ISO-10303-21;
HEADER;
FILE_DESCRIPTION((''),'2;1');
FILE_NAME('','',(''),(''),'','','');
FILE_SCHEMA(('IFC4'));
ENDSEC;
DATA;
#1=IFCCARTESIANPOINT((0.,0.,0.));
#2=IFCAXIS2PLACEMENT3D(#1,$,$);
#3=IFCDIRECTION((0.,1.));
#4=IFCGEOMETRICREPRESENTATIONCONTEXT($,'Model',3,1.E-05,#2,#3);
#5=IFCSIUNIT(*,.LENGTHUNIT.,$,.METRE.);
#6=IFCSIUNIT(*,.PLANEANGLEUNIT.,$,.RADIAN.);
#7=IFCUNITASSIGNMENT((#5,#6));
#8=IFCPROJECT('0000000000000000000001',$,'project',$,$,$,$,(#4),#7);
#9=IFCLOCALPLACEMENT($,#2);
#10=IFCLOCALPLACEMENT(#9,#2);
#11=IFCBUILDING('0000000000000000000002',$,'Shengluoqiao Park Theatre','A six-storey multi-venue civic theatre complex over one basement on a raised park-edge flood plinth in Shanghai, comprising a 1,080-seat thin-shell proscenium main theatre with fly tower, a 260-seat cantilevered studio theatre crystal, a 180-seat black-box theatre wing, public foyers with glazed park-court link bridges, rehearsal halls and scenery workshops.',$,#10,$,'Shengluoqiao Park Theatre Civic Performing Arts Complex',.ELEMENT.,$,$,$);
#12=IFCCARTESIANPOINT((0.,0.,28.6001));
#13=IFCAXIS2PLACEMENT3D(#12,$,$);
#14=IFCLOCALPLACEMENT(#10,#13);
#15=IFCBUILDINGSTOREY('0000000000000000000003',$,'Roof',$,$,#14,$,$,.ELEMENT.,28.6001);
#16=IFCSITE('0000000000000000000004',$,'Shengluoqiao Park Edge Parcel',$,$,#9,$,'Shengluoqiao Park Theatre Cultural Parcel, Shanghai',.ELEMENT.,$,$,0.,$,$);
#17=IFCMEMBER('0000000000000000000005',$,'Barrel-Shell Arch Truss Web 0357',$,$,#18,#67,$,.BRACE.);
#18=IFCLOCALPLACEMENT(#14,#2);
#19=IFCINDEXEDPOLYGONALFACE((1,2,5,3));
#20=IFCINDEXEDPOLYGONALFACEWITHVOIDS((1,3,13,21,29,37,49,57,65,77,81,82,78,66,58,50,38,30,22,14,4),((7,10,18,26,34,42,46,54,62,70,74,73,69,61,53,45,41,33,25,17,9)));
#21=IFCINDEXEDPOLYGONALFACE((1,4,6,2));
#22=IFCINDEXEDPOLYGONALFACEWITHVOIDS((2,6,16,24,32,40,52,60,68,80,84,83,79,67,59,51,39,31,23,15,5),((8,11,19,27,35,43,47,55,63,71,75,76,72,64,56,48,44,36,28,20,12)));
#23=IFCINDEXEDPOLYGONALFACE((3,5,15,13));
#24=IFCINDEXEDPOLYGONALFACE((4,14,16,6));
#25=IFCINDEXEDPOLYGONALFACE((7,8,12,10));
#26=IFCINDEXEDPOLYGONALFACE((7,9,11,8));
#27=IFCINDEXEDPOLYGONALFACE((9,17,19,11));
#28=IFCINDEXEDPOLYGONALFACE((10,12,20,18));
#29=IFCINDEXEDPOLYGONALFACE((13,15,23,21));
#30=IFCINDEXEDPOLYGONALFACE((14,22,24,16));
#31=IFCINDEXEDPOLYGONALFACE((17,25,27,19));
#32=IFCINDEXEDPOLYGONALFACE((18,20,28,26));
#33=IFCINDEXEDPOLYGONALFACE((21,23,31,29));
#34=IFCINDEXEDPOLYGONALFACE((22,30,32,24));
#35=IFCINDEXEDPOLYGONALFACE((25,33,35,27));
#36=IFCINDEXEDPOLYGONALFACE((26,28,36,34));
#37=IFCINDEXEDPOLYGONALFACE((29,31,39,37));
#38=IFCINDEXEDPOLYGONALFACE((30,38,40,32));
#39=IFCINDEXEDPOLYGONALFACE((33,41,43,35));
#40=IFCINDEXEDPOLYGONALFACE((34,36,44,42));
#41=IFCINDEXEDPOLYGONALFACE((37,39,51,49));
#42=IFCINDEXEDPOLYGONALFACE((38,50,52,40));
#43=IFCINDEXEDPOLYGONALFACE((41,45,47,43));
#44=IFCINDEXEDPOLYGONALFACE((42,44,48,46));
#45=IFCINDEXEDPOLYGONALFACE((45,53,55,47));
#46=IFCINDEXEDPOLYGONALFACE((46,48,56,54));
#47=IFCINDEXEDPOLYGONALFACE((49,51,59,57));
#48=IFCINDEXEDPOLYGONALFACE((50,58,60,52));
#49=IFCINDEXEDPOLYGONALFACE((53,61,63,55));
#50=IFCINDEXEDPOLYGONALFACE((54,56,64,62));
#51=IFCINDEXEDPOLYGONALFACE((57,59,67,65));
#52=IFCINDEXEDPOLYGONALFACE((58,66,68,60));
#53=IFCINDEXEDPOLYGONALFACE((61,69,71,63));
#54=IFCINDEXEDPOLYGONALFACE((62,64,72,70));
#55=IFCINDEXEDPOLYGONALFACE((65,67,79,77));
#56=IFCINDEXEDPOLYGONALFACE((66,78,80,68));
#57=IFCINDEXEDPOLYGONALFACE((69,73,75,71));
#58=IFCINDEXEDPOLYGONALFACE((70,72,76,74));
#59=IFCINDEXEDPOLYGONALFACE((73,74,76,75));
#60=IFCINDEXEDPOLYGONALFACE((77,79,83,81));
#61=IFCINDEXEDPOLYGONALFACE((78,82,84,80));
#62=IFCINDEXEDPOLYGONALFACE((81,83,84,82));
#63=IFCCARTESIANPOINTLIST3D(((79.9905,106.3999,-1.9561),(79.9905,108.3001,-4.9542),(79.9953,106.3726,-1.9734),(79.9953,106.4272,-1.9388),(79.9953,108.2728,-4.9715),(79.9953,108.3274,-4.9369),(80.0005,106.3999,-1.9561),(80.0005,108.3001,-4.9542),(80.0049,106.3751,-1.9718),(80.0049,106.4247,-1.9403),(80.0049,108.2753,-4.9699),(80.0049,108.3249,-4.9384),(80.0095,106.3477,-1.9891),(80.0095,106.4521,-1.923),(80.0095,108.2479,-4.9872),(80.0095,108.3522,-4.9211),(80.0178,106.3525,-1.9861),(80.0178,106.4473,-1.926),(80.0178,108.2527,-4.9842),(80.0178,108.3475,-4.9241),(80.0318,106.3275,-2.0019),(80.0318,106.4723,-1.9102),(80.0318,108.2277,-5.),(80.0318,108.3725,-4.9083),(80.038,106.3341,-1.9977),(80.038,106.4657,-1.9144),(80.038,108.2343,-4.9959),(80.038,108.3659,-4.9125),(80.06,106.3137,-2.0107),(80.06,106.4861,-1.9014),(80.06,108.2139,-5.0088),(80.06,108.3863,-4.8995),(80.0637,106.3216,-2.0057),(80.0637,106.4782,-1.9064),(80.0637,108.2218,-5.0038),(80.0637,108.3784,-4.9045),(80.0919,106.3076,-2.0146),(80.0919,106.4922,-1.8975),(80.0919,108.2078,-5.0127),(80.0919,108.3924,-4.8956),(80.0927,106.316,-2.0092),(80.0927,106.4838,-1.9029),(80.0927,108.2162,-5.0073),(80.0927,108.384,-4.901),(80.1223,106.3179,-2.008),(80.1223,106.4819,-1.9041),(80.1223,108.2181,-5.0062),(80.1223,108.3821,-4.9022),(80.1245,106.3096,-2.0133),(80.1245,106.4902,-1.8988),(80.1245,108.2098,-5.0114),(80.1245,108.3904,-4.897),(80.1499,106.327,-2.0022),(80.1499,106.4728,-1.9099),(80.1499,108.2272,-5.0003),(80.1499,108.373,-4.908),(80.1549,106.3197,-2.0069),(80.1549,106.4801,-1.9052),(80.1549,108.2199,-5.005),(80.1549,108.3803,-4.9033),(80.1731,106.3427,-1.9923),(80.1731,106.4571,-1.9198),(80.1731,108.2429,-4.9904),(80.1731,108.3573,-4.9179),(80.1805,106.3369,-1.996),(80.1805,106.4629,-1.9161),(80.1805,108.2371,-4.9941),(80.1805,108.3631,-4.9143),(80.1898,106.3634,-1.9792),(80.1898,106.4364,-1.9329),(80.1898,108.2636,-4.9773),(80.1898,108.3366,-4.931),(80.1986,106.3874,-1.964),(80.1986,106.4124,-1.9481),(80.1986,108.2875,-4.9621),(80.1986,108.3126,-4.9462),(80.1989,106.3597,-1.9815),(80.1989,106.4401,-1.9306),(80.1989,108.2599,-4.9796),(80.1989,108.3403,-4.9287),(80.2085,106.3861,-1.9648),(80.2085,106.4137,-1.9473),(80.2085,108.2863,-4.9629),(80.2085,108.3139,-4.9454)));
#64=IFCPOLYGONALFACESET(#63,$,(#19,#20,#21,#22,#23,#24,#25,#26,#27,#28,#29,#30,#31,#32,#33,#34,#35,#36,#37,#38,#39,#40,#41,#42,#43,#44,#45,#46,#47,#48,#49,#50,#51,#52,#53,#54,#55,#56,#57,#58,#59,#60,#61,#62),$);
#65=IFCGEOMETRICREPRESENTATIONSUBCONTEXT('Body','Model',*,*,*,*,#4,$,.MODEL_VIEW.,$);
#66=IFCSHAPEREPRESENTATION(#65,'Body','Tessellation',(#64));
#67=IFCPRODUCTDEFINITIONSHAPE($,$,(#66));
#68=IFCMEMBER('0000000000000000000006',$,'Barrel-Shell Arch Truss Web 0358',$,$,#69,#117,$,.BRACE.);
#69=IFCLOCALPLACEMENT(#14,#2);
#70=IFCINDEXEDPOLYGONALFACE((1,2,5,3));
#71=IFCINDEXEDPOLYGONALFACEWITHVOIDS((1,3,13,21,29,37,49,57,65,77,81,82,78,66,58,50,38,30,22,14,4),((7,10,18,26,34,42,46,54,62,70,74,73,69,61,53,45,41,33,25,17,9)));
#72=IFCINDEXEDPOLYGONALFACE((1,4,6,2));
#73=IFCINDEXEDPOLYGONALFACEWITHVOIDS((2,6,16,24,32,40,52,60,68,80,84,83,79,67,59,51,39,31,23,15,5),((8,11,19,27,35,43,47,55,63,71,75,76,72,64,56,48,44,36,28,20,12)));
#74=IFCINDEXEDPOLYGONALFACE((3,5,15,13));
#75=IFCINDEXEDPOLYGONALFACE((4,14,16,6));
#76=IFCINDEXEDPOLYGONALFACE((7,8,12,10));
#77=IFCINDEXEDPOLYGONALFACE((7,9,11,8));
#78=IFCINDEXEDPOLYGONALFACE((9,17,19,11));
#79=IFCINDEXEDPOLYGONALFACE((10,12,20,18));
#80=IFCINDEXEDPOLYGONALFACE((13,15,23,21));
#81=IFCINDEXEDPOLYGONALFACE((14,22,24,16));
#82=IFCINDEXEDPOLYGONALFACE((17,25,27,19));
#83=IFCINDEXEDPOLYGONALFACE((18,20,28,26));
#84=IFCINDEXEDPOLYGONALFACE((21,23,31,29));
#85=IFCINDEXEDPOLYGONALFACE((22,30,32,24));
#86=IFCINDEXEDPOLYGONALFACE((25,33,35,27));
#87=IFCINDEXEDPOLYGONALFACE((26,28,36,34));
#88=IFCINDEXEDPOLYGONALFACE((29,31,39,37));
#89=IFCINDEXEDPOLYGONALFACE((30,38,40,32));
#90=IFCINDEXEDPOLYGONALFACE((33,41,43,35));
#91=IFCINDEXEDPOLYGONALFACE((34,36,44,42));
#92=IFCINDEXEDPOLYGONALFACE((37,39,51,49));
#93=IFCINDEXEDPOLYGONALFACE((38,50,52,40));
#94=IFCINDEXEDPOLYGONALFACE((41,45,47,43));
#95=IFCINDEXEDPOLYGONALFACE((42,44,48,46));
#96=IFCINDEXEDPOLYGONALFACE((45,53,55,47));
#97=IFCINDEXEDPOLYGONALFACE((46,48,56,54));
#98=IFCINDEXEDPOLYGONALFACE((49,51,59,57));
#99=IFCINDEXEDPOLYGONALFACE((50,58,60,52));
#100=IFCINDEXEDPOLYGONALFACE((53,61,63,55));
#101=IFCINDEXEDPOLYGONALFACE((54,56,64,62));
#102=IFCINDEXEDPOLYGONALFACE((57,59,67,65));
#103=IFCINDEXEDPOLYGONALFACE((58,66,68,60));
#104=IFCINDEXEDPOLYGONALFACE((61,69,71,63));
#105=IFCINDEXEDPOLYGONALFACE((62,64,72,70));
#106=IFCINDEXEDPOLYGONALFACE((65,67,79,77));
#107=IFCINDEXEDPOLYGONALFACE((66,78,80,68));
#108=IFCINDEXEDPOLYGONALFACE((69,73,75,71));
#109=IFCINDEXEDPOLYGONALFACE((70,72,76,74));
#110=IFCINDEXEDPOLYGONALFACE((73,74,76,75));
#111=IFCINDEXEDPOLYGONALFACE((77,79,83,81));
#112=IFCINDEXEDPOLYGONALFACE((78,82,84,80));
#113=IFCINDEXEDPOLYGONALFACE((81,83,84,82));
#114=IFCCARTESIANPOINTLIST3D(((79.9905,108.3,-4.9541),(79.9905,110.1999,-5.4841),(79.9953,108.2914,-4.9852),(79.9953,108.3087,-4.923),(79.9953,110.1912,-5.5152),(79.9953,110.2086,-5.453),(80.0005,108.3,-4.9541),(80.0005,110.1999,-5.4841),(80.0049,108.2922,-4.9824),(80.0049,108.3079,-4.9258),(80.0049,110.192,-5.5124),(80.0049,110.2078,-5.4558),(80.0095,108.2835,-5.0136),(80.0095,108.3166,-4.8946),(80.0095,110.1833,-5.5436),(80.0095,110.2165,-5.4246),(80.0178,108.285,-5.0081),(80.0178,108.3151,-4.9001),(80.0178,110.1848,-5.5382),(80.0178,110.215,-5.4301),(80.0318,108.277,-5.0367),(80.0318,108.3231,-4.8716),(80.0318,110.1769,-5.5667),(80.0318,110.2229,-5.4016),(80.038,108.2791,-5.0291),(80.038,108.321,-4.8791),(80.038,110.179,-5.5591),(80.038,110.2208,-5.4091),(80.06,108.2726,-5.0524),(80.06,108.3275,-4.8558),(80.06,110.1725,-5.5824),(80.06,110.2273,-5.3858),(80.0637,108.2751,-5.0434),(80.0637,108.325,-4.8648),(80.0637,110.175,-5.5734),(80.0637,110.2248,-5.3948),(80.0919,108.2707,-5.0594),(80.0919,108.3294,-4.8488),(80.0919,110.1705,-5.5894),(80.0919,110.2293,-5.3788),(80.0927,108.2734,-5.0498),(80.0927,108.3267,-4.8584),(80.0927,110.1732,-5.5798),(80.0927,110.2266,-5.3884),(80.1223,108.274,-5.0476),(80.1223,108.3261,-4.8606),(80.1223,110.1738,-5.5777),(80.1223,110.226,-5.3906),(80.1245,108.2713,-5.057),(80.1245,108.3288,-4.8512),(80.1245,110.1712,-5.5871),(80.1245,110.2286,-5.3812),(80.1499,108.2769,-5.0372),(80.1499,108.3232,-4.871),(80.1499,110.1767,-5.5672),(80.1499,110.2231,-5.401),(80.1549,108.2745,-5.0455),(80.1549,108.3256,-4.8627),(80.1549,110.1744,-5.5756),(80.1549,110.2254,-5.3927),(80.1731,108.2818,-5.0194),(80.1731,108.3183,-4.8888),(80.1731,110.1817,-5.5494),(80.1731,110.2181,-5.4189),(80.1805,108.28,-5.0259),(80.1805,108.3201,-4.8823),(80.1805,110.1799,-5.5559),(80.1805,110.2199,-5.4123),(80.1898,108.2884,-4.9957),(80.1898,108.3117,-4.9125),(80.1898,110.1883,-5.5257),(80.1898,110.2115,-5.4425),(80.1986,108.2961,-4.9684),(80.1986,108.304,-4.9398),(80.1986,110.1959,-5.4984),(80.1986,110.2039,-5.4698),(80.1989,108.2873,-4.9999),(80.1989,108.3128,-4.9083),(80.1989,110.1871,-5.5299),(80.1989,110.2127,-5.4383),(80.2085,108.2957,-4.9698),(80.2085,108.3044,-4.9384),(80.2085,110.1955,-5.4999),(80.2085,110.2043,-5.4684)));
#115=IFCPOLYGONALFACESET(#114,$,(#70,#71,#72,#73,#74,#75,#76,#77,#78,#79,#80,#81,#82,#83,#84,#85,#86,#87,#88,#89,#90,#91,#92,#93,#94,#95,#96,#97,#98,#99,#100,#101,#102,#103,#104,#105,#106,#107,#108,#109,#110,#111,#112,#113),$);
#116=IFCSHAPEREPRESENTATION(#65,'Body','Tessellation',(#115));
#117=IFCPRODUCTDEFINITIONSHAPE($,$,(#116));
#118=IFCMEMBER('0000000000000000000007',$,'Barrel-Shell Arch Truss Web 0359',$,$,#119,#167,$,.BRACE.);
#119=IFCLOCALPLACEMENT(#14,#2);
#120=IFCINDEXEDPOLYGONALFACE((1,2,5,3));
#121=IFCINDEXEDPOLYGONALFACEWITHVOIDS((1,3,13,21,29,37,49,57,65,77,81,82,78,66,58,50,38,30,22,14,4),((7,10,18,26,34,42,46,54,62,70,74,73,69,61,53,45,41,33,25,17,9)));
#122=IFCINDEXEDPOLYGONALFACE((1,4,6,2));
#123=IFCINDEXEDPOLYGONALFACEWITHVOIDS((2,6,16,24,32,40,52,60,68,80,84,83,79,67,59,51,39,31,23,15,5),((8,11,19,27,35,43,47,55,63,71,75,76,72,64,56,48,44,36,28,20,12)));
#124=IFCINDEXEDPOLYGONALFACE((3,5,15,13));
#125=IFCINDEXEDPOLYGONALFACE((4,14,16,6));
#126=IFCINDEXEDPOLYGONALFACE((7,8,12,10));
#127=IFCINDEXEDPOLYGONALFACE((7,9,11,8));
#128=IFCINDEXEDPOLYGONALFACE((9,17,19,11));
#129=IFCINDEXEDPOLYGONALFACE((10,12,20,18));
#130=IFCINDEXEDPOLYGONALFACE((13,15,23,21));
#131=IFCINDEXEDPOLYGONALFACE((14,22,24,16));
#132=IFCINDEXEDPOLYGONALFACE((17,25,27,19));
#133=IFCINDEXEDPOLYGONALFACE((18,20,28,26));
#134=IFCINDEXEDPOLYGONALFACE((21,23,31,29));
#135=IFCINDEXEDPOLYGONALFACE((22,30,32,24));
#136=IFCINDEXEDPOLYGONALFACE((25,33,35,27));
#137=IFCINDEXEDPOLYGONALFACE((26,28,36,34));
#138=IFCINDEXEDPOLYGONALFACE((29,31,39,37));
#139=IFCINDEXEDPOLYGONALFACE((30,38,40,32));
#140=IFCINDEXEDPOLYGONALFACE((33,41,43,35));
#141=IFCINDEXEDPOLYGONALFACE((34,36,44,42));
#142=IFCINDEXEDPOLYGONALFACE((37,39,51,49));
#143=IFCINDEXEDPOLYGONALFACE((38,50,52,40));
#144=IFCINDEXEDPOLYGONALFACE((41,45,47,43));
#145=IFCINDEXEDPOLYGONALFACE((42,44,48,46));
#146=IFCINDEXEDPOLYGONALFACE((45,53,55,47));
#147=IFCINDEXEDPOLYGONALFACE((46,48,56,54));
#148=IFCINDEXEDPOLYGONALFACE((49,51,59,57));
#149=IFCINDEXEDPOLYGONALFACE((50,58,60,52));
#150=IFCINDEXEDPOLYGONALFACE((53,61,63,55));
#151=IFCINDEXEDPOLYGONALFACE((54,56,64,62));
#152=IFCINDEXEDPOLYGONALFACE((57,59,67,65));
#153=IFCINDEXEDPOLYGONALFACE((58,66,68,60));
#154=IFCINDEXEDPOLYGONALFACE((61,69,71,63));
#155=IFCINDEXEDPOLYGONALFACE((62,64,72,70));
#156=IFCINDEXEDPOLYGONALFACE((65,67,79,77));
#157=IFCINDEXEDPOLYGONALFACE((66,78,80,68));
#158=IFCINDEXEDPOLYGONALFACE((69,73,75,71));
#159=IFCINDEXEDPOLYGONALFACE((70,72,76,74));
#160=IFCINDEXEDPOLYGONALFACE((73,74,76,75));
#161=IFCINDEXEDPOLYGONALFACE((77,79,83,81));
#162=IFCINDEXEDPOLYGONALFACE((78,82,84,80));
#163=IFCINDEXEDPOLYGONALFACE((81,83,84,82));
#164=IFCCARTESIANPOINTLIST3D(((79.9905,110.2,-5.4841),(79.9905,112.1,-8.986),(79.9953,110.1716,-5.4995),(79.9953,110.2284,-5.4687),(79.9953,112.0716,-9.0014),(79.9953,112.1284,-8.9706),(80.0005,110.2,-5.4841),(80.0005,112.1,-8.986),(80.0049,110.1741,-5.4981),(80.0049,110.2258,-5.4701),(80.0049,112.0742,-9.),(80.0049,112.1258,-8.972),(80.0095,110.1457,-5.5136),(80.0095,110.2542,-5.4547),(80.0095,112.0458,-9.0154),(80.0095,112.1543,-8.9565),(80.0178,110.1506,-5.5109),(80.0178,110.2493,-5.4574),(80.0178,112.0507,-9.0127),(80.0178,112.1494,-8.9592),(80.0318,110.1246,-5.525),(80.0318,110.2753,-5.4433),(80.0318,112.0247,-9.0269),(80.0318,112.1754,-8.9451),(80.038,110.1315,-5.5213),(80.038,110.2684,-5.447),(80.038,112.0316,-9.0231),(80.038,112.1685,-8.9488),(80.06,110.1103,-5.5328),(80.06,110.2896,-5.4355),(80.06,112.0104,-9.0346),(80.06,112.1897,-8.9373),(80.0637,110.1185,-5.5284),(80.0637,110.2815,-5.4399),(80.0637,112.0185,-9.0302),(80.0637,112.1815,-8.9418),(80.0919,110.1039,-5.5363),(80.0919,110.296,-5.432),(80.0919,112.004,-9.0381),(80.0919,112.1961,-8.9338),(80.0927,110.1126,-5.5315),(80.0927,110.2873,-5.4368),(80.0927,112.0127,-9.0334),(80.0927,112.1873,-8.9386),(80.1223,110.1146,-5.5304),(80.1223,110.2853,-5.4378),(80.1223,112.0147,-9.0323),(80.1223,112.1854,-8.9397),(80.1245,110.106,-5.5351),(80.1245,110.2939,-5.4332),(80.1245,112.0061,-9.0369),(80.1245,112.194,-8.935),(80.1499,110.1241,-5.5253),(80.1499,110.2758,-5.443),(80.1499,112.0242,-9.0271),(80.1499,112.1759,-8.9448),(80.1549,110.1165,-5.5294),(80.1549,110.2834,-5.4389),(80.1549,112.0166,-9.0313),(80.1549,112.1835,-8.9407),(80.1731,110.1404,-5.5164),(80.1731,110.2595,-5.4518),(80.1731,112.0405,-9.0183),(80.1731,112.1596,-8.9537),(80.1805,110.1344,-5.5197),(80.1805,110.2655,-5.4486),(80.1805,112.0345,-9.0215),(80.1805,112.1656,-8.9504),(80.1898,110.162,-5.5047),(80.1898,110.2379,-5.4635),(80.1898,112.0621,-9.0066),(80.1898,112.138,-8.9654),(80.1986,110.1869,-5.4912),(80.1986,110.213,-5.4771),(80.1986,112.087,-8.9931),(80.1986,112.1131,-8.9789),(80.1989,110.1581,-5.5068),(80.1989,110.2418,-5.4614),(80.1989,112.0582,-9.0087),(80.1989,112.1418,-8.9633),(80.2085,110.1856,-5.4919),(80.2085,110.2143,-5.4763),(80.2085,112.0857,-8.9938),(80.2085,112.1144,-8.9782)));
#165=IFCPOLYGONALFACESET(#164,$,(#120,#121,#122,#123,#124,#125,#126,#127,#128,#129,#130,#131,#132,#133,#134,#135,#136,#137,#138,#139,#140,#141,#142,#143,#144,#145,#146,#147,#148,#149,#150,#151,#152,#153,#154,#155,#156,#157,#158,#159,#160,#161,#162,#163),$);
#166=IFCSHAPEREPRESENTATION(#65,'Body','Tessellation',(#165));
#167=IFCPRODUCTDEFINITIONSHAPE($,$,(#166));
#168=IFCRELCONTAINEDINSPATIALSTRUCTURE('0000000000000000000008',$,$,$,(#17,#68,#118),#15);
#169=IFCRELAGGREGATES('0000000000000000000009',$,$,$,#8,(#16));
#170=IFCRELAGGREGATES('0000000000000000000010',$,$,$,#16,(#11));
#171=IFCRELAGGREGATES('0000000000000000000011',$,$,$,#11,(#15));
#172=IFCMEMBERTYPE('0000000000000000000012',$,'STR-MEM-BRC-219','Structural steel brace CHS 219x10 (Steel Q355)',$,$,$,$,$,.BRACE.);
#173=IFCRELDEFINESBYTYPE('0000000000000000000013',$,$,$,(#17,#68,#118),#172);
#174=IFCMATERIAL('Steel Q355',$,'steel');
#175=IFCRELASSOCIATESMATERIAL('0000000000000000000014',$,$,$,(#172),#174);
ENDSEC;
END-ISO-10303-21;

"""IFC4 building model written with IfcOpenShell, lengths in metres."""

from ifc_helpers import new_model, si_unit, direction, frame, origin, origin_2d, place, context, subcontext, project, spatial, hollow_circle, extrude, material, material_profile, profile_set, type_object, element, save


model = new_model("IFC4")

# Units and contexts
model_context = context("Model", 3, precision=1e-05, world=origin(), true_north=direction((0.0, 1.0)))
body_context = subcontext(model_context, "Body", "Model", "MODEL_VIEW")
ifc_project = project(units=[si_unit("LENGTHUNIT", "METRE"), si_unit("PLANEANGLEUNIT", "RADIAN")], contexts=[model_context])

# Site, building, storey
site_placement = place(None, origin())
site = spatial("IfcSite", under=ifc_project, at=site_placement, Name="Shengluoqiao Park Edge Parcel", LongName="Shengluoqiao Park Theatre Cultural Parcel, Shanghai", CompositionType="ELEMENT", RefElevation=0.0)
building_placement = place(site_placement, origin())
building = spatial("IfcBuilding", under=site, at=building_placement, Name="Shengluoqiao Park Theatre", Description="A six-storey multi-venue civic theatre complex over one basement on a raised park-edge flood plinth in Shanghai, comprising a 1,080-seat thin-shell proscenium main theatre with fly tower, a 260-seat cantilevered studio theatre crystal, a 180-seat black-box theatre wing, public foyers with glazed park-court link bridges, rehearsal halls and scenery workshops.", LongName="Shengluoqiao Park Theatre Civic Performing Arts Complex", CompositionType="ELEMENT")
storey_placement = place(building_placement, frame((0.0, 0.0, 28.6001)))
storey = spatial("IfcBuildingStorey", under=building, at=storey_placement, Name="Roof", CompositionType="ELEMENT", Elevation=28.6001)

# Shared definitions
ifc_material_1 = material(Name="Steel Q355", Category="steel")

# Members
ifc_material_profile_1 = material_profile(ifc_material_1, hollow_circle(Radius=0.1096, WallThickness=0.01, at=origin_2d()), Name="CHS 219x10")
ifc_profile_set_1 = profile_set([ifc_material_profile_1], Name="Steel Q355")
member_type_1 = type_object("IfcMemberType", Name="STR-MEM-BRC-219", Description="Structural steel brace CHS 219x10 (Steel Q355)", PredefinedType="BRACE", material=ifc_profile_set_1)
member_1_placement = place(storey_placement, frame((80.1001, 106.3999, -1.9561), z_axis=(0.0, 0.53533, -0.844643), x_axis=(-1.0, 0.0, 0.0)))
element("IfcMember", 1, at=member_1_placement, inside=storey, type_object=member_type_1, Name="Barrel-Shell Arch Truss Web 0357", PredefinedType="BRACE", context=body_context, shape_type="SweptSolid", body=[
    extrude(hollow_circle(Radius=0.1096, WallThickness=0.01, at=origin_2d()), origin(), (0.0, 0.0, 1.0), 3.5496),
])
member_2_placement = place(storey_placement, frame((80.1001, 108.3, -4.9541), z_axis=(0.0, 0.963219, -0.268716), x_axis=(-1.0, 0.0, 0.0)))
element("IfcMember", 2, at=member_2_placement, inside=storey, type_object=member_type_1, Name="Barrel-Shell Arch Truss Web 0358", PredefinedType="BRACE", context=body_context, shape_type="SweptSolid", body=[
    extrude(hollow_circle(Radius=0.1096, WallThickness=0.01, at=origin_2d()), origin(), (0.0, 0.0, 1.0), 1.9724),
])
member_3_placement = place(storey_placement, frame((80.1001, 110.2, -5.4841), z_axis=(0.0, 0.476915, -0.87895), x_axis=(-1.0, 0.0, 0.0)))
element("IfcMember", 3, at=member_3_placement, inside=storey, type_object=member_type_1, Name="Barrel-Shell Arch Truss Web 0359", PredefinedType="BRACE", context=body_context, shape_type="SweptSolid", body=[
    extrude(hollow_circle(Radius=0.1096, WallThickness=0.01, at=origin_2d()), origin(), (0.0, 0.0, 1.0), 3.9841),
])

save(model, "model.ifc")
